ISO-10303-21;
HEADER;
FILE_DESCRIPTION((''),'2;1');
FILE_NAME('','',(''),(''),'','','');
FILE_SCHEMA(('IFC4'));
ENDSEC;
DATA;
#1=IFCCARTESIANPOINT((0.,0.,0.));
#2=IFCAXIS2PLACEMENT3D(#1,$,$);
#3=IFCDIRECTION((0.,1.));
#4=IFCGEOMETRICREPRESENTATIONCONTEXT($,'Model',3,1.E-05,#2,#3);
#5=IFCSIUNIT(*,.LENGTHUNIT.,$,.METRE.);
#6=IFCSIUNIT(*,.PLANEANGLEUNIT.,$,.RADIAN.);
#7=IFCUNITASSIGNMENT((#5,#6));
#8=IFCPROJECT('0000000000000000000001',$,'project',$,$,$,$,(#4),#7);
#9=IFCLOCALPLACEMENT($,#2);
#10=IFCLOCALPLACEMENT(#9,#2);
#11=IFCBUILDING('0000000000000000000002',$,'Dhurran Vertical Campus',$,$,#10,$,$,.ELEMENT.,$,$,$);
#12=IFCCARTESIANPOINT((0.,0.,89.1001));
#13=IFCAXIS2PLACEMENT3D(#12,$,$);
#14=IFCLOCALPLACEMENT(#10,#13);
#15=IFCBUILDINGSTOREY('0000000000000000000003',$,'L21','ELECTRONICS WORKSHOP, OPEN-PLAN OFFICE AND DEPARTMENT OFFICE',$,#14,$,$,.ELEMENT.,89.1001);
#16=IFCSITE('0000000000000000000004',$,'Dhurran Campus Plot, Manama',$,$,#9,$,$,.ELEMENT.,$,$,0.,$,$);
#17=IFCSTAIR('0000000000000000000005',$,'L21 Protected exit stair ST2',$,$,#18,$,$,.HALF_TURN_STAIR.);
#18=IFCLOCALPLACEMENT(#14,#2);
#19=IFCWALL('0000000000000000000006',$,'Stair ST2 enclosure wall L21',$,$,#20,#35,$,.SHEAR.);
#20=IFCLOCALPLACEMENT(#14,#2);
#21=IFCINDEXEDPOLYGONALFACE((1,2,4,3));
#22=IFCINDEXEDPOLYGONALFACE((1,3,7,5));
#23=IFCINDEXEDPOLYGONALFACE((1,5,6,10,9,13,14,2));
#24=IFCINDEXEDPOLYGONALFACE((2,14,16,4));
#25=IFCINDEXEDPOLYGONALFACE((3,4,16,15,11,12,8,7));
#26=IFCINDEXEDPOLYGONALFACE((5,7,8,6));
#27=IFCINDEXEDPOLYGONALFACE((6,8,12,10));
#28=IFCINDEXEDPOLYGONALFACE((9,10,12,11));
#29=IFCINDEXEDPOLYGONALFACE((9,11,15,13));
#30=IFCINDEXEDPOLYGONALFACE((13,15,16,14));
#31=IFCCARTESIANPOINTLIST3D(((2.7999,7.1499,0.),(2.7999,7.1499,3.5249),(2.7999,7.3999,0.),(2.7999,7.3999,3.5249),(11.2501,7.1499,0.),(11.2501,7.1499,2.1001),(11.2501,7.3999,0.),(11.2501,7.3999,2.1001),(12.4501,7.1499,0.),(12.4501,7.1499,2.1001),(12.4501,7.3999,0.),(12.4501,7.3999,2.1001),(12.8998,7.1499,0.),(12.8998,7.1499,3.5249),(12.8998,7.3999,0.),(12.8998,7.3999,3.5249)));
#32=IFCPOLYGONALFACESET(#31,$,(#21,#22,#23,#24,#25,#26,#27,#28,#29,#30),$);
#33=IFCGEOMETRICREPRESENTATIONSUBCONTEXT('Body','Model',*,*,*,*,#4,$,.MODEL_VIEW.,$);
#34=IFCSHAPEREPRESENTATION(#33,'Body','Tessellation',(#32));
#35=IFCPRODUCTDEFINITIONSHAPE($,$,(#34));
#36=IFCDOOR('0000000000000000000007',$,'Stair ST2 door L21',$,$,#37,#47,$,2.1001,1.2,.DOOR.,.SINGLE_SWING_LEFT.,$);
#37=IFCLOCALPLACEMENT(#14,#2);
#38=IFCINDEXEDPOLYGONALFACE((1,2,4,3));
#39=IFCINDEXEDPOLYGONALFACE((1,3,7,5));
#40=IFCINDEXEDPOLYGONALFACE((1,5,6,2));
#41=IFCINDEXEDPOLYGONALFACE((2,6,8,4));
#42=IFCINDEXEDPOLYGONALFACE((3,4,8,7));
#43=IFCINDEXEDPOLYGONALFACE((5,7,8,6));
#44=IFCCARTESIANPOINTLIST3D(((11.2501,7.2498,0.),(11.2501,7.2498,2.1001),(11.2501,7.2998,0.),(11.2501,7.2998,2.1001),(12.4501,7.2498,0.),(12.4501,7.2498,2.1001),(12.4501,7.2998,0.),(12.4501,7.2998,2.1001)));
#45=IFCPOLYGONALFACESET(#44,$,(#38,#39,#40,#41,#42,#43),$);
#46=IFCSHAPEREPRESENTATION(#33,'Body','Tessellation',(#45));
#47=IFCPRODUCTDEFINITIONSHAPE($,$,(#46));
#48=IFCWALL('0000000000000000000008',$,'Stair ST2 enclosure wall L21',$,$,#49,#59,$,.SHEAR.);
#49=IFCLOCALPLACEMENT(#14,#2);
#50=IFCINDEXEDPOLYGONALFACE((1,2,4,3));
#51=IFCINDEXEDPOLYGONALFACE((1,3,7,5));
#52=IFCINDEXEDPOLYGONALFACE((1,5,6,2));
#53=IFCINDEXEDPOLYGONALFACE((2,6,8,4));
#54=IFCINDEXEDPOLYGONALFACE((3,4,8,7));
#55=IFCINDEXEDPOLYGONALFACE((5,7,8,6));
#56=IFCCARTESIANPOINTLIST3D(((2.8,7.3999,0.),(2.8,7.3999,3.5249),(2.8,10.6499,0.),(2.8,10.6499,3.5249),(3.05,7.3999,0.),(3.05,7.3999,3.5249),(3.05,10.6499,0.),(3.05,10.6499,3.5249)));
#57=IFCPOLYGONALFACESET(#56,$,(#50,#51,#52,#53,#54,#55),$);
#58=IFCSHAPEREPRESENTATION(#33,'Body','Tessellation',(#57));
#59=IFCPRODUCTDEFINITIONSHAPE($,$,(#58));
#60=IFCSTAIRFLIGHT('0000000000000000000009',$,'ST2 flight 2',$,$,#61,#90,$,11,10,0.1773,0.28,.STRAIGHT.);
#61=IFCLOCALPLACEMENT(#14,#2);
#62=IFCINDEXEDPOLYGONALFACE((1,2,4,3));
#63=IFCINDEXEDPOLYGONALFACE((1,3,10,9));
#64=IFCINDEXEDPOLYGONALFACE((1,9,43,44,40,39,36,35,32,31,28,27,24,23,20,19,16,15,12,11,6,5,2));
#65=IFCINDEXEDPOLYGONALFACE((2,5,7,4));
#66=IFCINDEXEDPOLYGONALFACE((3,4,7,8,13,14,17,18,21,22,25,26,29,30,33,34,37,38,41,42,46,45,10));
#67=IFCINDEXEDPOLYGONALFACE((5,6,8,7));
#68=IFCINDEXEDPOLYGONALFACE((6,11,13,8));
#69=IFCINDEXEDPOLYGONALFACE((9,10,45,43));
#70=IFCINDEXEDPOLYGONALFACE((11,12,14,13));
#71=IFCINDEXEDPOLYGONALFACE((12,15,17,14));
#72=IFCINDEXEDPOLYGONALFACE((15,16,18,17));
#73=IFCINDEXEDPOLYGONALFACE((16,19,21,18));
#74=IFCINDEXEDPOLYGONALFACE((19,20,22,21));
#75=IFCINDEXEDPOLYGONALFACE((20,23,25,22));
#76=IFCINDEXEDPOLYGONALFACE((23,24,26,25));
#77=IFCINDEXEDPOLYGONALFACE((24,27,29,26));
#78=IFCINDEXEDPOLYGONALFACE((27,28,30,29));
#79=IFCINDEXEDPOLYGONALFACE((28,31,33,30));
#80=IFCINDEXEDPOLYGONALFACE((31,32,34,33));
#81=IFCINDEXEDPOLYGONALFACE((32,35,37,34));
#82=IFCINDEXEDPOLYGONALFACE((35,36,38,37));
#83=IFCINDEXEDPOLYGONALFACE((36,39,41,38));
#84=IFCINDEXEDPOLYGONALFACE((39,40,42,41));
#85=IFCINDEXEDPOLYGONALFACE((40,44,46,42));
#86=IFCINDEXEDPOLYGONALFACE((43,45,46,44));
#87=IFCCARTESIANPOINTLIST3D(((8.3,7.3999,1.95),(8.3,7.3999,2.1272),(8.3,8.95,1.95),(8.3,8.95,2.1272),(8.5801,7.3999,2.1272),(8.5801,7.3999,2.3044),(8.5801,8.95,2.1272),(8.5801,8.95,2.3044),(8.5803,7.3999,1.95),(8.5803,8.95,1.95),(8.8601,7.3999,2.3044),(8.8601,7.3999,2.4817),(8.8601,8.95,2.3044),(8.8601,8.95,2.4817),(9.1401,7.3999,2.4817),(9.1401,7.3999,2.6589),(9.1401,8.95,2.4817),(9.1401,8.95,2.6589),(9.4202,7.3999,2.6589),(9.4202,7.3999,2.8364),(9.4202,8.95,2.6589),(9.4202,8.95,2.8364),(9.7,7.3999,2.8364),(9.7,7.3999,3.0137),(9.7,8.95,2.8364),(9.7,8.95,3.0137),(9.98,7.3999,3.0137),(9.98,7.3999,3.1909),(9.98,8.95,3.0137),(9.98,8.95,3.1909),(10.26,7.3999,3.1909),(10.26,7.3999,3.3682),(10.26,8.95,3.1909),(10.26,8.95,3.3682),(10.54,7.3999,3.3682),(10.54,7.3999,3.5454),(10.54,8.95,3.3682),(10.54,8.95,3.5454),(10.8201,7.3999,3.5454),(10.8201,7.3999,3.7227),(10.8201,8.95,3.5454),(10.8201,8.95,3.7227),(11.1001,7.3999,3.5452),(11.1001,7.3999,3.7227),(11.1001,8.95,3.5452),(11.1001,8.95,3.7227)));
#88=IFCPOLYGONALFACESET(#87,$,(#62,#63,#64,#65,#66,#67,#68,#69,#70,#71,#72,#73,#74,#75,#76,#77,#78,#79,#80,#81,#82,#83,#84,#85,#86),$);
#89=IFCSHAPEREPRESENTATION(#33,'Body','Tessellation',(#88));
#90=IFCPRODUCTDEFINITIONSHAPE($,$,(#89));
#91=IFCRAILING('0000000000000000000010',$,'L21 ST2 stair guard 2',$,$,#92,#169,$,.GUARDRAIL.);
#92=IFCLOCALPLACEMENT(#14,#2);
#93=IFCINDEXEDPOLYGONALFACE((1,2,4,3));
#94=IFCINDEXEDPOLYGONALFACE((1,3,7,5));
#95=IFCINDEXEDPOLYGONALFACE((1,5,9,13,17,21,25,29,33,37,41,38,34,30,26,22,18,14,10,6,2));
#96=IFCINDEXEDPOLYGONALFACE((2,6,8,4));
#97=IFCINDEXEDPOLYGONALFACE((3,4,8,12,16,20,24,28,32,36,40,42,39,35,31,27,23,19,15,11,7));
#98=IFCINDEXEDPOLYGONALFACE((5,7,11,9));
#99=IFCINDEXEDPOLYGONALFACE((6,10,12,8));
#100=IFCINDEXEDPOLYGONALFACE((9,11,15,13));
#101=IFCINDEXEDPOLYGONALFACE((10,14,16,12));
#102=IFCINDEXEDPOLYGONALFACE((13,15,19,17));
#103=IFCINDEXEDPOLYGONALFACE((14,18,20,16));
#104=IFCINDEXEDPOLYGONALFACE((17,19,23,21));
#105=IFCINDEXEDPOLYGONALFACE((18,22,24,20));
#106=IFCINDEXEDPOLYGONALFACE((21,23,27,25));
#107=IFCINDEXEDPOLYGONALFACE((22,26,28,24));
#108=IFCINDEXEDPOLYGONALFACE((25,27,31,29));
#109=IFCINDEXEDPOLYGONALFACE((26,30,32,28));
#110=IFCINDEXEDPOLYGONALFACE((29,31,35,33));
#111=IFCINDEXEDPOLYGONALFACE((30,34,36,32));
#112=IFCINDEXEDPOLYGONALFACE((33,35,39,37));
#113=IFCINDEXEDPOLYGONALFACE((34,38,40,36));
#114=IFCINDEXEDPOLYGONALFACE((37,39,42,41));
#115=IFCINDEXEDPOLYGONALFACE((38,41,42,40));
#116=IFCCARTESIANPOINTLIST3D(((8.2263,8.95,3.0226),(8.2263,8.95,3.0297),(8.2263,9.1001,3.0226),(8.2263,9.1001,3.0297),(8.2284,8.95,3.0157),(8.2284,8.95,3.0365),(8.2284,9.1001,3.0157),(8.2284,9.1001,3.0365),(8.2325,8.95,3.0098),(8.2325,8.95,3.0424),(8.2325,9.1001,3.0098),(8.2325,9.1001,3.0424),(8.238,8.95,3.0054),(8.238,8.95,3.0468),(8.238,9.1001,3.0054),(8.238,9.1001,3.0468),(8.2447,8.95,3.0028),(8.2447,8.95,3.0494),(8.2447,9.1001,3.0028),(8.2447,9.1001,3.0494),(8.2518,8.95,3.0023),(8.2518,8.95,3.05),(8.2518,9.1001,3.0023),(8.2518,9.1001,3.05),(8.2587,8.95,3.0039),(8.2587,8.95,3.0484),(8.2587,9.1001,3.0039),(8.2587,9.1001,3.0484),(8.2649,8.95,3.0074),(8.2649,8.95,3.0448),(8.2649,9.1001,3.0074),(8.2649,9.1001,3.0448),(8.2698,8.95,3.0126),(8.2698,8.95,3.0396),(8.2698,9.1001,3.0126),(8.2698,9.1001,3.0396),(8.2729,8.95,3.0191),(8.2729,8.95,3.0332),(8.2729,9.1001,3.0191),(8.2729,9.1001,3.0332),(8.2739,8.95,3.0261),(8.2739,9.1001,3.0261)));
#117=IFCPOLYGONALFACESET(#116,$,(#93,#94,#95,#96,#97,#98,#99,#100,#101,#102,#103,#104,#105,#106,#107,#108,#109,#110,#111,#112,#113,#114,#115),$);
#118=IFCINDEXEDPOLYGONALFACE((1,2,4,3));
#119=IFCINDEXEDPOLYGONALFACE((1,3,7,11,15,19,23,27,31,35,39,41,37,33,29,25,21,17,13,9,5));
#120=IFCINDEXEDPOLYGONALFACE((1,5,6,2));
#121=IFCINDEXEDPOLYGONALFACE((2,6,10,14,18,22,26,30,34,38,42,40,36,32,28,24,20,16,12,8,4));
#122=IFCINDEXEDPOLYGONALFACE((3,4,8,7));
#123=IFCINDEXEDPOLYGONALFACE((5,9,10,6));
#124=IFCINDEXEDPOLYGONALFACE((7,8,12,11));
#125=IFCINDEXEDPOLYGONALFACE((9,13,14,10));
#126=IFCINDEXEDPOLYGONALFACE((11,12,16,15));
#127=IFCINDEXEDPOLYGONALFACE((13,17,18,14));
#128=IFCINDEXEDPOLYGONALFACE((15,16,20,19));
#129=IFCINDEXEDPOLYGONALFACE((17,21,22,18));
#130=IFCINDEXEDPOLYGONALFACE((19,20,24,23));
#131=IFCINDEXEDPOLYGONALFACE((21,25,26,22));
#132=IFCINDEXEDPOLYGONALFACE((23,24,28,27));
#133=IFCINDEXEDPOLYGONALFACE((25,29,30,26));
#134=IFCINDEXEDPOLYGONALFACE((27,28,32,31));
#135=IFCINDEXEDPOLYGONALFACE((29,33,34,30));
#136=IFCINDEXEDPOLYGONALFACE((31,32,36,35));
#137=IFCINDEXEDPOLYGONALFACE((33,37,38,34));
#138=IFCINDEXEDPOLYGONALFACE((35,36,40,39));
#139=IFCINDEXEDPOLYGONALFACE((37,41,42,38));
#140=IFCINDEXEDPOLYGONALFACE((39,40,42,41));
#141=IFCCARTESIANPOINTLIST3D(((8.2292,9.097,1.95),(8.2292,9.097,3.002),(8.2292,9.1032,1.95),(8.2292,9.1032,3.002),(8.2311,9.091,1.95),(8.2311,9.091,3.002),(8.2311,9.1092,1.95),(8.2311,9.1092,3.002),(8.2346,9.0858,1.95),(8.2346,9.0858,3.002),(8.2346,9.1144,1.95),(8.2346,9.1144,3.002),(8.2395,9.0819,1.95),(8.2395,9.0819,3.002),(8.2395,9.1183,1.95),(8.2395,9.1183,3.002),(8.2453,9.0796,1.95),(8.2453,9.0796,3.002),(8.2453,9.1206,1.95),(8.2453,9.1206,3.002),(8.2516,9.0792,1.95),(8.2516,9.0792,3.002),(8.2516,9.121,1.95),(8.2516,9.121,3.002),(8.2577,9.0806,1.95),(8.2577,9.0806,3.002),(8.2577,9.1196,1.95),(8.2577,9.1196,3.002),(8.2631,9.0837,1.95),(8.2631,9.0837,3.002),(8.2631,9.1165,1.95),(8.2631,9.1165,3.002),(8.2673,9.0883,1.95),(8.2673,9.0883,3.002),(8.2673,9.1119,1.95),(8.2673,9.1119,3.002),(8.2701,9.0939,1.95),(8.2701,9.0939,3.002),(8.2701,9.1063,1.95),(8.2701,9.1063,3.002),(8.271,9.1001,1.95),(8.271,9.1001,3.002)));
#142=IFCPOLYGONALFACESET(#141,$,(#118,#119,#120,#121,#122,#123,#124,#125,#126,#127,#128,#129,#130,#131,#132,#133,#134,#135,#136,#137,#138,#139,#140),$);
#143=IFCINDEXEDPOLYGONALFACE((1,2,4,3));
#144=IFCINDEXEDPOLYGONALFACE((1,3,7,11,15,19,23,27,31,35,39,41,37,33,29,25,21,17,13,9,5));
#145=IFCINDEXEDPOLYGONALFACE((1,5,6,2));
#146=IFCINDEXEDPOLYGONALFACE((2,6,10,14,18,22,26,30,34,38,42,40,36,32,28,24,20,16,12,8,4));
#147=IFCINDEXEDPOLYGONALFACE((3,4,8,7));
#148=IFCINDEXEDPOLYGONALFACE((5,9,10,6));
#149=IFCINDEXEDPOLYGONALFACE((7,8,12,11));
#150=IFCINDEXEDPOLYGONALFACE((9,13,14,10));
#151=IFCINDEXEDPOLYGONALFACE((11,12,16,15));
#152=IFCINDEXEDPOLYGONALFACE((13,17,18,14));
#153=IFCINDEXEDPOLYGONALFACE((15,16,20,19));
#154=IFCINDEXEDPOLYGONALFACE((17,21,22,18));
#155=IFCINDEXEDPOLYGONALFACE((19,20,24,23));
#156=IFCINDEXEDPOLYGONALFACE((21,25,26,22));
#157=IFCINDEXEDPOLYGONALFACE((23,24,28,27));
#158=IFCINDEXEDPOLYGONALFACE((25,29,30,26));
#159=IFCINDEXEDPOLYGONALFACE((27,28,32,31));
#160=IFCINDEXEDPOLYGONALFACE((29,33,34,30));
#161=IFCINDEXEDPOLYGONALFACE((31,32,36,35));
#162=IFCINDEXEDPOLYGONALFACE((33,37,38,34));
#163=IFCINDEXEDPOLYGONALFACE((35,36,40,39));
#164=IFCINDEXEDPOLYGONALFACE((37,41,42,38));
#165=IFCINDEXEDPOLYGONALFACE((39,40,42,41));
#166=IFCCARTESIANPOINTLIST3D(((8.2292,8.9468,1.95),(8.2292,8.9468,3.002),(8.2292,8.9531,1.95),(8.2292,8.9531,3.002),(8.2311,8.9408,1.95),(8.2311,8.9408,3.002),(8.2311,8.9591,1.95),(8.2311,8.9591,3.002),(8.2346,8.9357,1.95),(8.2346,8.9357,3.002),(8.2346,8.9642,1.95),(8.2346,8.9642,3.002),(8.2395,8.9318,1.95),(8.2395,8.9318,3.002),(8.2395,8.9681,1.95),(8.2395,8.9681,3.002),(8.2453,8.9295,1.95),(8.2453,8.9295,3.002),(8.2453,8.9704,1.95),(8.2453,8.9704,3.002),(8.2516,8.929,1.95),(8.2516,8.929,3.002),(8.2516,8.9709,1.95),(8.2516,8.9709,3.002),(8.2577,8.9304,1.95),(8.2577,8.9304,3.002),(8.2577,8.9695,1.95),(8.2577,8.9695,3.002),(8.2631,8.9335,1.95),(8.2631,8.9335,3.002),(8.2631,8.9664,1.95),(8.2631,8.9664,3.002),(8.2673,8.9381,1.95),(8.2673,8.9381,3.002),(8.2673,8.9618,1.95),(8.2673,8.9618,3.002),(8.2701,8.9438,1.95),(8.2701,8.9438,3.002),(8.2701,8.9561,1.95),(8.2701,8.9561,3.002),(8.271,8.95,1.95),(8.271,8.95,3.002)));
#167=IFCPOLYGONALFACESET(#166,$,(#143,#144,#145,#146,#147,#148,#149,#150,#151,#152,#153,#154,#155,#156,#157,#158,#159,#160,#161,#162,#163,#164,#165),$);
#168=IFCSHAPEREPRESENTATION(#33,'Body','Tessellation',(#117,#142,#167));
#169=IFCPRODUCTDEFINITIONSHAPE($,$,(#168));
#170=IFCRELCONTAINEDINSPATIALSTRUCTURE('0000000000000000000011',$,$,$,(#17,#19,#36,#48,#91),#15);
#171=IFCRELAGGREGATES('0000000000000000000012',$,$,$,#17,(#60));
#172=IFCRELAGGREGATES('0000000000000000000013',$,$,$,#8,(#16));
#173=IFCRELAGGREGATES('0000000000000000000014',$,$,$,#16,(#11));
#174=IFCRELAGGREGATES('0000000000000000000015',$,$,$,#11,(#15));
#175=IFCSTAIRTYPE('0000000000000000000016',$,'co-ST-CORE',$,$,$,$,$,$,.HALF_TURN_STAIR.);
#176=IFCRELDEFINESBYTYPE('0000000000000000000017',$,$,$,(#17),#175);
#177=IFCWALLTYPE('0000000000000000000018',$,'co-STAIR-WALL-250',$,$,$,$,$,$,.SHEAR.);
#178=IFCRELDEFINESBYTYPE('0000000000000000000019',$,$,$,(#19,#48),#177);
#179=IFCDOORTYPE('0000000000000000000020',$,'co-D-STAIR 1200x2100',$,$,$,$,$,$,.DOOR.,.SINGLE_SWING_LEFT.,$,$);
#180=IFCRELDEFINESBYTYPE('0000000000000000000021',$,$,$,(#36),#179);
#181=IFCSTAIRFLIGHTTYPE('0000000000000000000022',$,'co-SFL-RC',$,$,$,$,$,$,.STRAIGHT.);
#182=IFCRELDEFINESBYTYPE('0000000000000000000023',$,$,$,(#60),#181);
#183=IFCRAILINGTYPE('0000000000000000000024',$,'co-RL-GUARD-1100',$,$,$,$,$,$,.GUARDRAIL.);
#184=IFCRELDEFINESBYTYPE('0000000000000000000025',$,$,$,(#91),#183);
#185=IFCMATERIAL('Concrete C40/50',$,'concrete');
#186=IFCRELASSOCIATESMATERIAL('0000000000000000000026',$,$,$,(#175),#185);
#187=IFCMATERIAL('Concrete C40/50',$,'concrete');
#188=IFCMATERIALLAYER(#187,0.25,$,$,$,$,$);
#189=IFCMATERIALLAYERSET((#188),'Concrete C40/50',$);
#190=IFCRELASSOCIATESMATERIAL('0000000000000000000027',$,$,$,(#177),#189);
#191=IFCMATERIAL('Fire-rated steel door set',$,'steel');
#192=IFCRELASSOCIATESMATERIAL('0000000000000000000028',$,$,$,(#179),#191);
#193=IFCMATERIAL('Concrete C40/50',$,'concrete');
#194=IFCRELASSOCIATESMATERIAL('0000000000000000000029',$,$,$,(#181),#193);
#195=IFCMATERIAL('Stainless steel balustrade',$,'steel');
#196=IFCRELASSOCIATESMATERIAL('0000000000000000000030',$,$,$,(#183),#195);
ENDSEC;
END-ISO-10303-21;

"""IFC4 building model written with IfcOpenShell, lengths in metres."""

from ifc_helpers import new_model, si_unit, direction, frame, frame_2d, origin, origin_2d, place, context, subcontext, project, spatial, polyline, rectangle, circle, outline, extrude, material, layer, layer_set, type_object, element, fill, aggregate, save


model = new_model("IFC4")

# Units and contexts
model_context = context("Model", 3, precision=1e-05, world=origin(), true_north=direction((0.0, 1.0)))
body_context = subcontext(model_context, "Body", "Model", "MODEL_VIEW")
ifc_project = project(units=[si_unit("LENGTHUNIT", "METRE"), si_unit("PLANEANGLEUNIT", "RADIAN")], contexts=[model_context])

# Site, building, storey
site_placement = place(None, origin())
site = spatial("IfcSite", under=ifc_project, at=site_placement, Name="Dhurran Campus Plot, Manama", CompositionType="ELEMENT", RefElevation=0.0)
building_placement = place(site_placement, origin())
building = spatial("IfcBuilding", under=site, at=building_placement, Name="Dhurran Vertical Campus", CompositionType="ELEMENT")
storey_placement = place(building_placement, frame((0.0, 0.0, 89.1001)))
storey = spatial("IfcBuildingStorey", under=building, at=storey_placement, Name="L21", Description="ELECTRONICS WORKSHOP, OPEN-PLAN OFFICE AND DEPARTMENT OFFICE", CompositionType="ELEMENT", Elevation=89.1001)

# Stair
ifc_material_1 = material(Name="Concrete C40/50", Category="concrete")
stair_type = type_object("IfcStairType", Name="co-ST-CORE", PredefinedType="HALF_TURN_STAIR", material=ifc_material_1)
stair_1_placement = place(storey_placement, origin())
stair_1 = element("IfcStair", 1, at=stair_1_placement, inside=storey, type_object=stair_type, Name="L21 Protected exit stair ST2", PredefinedType="HALF_TURN_STAIR")

# Wall, opening, door
ifc_material_2 = material(Name="Concrete C40/50", Category="concrete")
ifc_layer_1 = layer(ifc_material_2, 0.25)
ifc_layer_set_1 = layer_set([ifc_layer_1], Name="Concrete C40/50")
wall_type_1 = type_object("IfcWallType", Name="co-STAIR-WALL-250", PredefinedType="SHEAR", material=ifc_layer_set_1)
wall_1_placement = place(storey_placement, frame((2.8, 7.2749, 0.0), z_axis=(0.0, 0.0, 1.0), x_axis=(1.0, 0.0, 0.0)))
wall_1 = element("IfcWall", 2, at=wall_1_placement, inside=storey, type_object=wall_type_1, Name="Stair ST2 enclosure wall L21", PredefinedType="SHEAR", context=body_context, shape_type="SweptSolid", body=[
    extrude(rectangle(XDim=10.0999, YDim=0.25, at=frame_2d((5.0498, 0.0))), origin(), (0.0, 0.0, 1.0), 3.5249),
])
opening_1_placement = place(wall_1_placement, frame((8.45, 0.0, 0.0)))
opening_1 = element("IfcOpeningElement", 3, at=opening_1_placement, cuts=wall_1, PredefinedType="OPENING", context=body_context, shape_type="SweptSolid", body=[
    extrude(rectangle(XDim=1.2, YDim=2.1001, at=frame_2d((0.6001, 1.05))), frame((0.0, 0.135, 0.0), z_axis=(0.0, -1.0, 0.0), x_axis=(1.0, 0.0, 0.0)), (0.0, 0.0, 1.0), 0.27),
])
ifc_material_3 = material(Name="Fire-rated steel door set", Category="steel")
door_type_1 = type_object("IfcDoorType", Name="co-D-STAIR 1200x2100", OperationType="SINGLE_SWING_LEFT", PredefinedType="DOOR", material=ifc_material_3)
door_1_placement = place(opening_1_placement, origin())
door_1 = element("IfcDoor", 4, at=door_1_placement, inside=storey, type_object=door_type_1, Name="Stair ST2 door L21", OperationType="SINGLE_SWING_LEFT", OverallHeight=2.1001, OverallWidth=1.2, PredefinedType="DOOR", context=body_context, shape_type="SweptSolid", body=[
    extrude(rectangle(XDim=1.2, YDim=2.1001, at=frame_2d((0.6001, 1.05))), frame((0.0, 0.0249, 0.0), z_axis=(0.0, -1.0, 0.0), x_axis=(1.0, 0.0, 0.0)), (0.0, 0.0, 1.0), 0.05),
])
fill(opening_1, door_1)

# Wall
wall_2_placement = place(storey_placement, frame((2.925, 7.3999, 0.0), z_axis=(0.0, 0.0, 1.0), x_axis=(0.0, 1.0, 0.0)))
element("IfcWall", 5, at=wall_2_placement, inside=storey, type_object=wall_type_1, Name="Stair ST2 enclosure wall L21", PredefinedType="SHEAR", context=body_context, shape_type="SweptSolid", body=[
    extrude(rectangle(XDim=3.25, YDim=0.25, at=frame_2d((1.625, 0.0))), origin(), (0.0, 0.0, 1.0), 3.5249),
])

# Stair flight
ifc_material_4 = material(Name="Concrete C40/50", Category="concrete")
stair_flight_type = type_object("IfcStairFlightType", Name="co-SFL-RC", PredefinedType="STRAIGHT", material=ifc_material_4)
stair_flight_placement = place(storey_placement, frame((8.3, 8.175, 1.95), z_axis=(0.0, 0.0, 1.0), x_axis=(1.0, 0.0, 0.0)))
stair_flight = element("IfcStairFlight", 6, at=stair_flight_placement, type_object=stair_flight_type, Name="ST2 flight 2", NumberOfRisers=11, NumberOfTreads=10, PredefinedType="STRAIGHT", RiserHeight=0.1773, TreadLength=0.28, context=body_context, shape_type="SweptSolid", body=[
    extrude(outline(polyline([(0.0, 0.0), (0.0, 0.1772), (0.28, 0.1772), (0.28, 0.3545), (0.5601, 0.3545), (0.5601, 0.5317), (0.8401, 0.5317), (0.8401, 0.709), (1.1201, 0.709), (1.1201, 0.8865), (1.3999, 0.8865), (1.3999, 1.0637), (1.6799, 1.0637), (1.6799, 1.241), (1.96, 1.241), (1.96, 1.4182), (2.24, 1.4182), (2.24, 1.5955), (2.52, 1.5955), (2.52, 1.7727), (2.8, 1.7727), (2.8, 1.95), (2.8, 1.5952), (0.2803, 0.0), (0.0, 0.0)])), frame((0.0, 0.7749, 0.0), z_axis=(0.0, -1.0, 0.0), x_axis=(1.0, 0.0, 0.0)), (0.0, 0.0, 1.0), 1.55),
])
aggregate(stair_1, [stair_flight])

# Railing
ifc_material_5 = material(Name="Stainless steel balustrade", Category="steel")
railing_type_1 = type_object("IfcRailingType", Name="co-RL-GUARD-1100", PredefinedType="GUARDRAIL", material=ifc_material_5)
railing_1_placement = place(storey_placement, frame((8.25, 9.1001, 1.95)))
element("IfcRailing", 7, at=railing_1_placement, inside=storey, type_object=railing_type_1, Name="L21 ST2 stair guard 2", PredefinedType="GUARDRAIL", context=body_context, shape_type="SweptSolid", body=[
    extrude(circle(Radius=0.0239, at=origin_2d()), frame((0.0, 0.0, 1.0762), z_axis=(0.0, -1.0, 0.0), x_axis=(1.0, 0.0, 0.0)), (0.0, 0.0, 1.0), 0.1501),
    extrude(circle(Radius=0.021, at=origin_2d()), origin(), (0.0, 0.0, 1.0), 1.052),
    extrude(circle(Radius=0.021, at=origin_2d()), frame((0.0, -0.1501, 0.0)), (0.0, 0.0, 1.0), 1.052),
])

save(model, "model.ifc")
